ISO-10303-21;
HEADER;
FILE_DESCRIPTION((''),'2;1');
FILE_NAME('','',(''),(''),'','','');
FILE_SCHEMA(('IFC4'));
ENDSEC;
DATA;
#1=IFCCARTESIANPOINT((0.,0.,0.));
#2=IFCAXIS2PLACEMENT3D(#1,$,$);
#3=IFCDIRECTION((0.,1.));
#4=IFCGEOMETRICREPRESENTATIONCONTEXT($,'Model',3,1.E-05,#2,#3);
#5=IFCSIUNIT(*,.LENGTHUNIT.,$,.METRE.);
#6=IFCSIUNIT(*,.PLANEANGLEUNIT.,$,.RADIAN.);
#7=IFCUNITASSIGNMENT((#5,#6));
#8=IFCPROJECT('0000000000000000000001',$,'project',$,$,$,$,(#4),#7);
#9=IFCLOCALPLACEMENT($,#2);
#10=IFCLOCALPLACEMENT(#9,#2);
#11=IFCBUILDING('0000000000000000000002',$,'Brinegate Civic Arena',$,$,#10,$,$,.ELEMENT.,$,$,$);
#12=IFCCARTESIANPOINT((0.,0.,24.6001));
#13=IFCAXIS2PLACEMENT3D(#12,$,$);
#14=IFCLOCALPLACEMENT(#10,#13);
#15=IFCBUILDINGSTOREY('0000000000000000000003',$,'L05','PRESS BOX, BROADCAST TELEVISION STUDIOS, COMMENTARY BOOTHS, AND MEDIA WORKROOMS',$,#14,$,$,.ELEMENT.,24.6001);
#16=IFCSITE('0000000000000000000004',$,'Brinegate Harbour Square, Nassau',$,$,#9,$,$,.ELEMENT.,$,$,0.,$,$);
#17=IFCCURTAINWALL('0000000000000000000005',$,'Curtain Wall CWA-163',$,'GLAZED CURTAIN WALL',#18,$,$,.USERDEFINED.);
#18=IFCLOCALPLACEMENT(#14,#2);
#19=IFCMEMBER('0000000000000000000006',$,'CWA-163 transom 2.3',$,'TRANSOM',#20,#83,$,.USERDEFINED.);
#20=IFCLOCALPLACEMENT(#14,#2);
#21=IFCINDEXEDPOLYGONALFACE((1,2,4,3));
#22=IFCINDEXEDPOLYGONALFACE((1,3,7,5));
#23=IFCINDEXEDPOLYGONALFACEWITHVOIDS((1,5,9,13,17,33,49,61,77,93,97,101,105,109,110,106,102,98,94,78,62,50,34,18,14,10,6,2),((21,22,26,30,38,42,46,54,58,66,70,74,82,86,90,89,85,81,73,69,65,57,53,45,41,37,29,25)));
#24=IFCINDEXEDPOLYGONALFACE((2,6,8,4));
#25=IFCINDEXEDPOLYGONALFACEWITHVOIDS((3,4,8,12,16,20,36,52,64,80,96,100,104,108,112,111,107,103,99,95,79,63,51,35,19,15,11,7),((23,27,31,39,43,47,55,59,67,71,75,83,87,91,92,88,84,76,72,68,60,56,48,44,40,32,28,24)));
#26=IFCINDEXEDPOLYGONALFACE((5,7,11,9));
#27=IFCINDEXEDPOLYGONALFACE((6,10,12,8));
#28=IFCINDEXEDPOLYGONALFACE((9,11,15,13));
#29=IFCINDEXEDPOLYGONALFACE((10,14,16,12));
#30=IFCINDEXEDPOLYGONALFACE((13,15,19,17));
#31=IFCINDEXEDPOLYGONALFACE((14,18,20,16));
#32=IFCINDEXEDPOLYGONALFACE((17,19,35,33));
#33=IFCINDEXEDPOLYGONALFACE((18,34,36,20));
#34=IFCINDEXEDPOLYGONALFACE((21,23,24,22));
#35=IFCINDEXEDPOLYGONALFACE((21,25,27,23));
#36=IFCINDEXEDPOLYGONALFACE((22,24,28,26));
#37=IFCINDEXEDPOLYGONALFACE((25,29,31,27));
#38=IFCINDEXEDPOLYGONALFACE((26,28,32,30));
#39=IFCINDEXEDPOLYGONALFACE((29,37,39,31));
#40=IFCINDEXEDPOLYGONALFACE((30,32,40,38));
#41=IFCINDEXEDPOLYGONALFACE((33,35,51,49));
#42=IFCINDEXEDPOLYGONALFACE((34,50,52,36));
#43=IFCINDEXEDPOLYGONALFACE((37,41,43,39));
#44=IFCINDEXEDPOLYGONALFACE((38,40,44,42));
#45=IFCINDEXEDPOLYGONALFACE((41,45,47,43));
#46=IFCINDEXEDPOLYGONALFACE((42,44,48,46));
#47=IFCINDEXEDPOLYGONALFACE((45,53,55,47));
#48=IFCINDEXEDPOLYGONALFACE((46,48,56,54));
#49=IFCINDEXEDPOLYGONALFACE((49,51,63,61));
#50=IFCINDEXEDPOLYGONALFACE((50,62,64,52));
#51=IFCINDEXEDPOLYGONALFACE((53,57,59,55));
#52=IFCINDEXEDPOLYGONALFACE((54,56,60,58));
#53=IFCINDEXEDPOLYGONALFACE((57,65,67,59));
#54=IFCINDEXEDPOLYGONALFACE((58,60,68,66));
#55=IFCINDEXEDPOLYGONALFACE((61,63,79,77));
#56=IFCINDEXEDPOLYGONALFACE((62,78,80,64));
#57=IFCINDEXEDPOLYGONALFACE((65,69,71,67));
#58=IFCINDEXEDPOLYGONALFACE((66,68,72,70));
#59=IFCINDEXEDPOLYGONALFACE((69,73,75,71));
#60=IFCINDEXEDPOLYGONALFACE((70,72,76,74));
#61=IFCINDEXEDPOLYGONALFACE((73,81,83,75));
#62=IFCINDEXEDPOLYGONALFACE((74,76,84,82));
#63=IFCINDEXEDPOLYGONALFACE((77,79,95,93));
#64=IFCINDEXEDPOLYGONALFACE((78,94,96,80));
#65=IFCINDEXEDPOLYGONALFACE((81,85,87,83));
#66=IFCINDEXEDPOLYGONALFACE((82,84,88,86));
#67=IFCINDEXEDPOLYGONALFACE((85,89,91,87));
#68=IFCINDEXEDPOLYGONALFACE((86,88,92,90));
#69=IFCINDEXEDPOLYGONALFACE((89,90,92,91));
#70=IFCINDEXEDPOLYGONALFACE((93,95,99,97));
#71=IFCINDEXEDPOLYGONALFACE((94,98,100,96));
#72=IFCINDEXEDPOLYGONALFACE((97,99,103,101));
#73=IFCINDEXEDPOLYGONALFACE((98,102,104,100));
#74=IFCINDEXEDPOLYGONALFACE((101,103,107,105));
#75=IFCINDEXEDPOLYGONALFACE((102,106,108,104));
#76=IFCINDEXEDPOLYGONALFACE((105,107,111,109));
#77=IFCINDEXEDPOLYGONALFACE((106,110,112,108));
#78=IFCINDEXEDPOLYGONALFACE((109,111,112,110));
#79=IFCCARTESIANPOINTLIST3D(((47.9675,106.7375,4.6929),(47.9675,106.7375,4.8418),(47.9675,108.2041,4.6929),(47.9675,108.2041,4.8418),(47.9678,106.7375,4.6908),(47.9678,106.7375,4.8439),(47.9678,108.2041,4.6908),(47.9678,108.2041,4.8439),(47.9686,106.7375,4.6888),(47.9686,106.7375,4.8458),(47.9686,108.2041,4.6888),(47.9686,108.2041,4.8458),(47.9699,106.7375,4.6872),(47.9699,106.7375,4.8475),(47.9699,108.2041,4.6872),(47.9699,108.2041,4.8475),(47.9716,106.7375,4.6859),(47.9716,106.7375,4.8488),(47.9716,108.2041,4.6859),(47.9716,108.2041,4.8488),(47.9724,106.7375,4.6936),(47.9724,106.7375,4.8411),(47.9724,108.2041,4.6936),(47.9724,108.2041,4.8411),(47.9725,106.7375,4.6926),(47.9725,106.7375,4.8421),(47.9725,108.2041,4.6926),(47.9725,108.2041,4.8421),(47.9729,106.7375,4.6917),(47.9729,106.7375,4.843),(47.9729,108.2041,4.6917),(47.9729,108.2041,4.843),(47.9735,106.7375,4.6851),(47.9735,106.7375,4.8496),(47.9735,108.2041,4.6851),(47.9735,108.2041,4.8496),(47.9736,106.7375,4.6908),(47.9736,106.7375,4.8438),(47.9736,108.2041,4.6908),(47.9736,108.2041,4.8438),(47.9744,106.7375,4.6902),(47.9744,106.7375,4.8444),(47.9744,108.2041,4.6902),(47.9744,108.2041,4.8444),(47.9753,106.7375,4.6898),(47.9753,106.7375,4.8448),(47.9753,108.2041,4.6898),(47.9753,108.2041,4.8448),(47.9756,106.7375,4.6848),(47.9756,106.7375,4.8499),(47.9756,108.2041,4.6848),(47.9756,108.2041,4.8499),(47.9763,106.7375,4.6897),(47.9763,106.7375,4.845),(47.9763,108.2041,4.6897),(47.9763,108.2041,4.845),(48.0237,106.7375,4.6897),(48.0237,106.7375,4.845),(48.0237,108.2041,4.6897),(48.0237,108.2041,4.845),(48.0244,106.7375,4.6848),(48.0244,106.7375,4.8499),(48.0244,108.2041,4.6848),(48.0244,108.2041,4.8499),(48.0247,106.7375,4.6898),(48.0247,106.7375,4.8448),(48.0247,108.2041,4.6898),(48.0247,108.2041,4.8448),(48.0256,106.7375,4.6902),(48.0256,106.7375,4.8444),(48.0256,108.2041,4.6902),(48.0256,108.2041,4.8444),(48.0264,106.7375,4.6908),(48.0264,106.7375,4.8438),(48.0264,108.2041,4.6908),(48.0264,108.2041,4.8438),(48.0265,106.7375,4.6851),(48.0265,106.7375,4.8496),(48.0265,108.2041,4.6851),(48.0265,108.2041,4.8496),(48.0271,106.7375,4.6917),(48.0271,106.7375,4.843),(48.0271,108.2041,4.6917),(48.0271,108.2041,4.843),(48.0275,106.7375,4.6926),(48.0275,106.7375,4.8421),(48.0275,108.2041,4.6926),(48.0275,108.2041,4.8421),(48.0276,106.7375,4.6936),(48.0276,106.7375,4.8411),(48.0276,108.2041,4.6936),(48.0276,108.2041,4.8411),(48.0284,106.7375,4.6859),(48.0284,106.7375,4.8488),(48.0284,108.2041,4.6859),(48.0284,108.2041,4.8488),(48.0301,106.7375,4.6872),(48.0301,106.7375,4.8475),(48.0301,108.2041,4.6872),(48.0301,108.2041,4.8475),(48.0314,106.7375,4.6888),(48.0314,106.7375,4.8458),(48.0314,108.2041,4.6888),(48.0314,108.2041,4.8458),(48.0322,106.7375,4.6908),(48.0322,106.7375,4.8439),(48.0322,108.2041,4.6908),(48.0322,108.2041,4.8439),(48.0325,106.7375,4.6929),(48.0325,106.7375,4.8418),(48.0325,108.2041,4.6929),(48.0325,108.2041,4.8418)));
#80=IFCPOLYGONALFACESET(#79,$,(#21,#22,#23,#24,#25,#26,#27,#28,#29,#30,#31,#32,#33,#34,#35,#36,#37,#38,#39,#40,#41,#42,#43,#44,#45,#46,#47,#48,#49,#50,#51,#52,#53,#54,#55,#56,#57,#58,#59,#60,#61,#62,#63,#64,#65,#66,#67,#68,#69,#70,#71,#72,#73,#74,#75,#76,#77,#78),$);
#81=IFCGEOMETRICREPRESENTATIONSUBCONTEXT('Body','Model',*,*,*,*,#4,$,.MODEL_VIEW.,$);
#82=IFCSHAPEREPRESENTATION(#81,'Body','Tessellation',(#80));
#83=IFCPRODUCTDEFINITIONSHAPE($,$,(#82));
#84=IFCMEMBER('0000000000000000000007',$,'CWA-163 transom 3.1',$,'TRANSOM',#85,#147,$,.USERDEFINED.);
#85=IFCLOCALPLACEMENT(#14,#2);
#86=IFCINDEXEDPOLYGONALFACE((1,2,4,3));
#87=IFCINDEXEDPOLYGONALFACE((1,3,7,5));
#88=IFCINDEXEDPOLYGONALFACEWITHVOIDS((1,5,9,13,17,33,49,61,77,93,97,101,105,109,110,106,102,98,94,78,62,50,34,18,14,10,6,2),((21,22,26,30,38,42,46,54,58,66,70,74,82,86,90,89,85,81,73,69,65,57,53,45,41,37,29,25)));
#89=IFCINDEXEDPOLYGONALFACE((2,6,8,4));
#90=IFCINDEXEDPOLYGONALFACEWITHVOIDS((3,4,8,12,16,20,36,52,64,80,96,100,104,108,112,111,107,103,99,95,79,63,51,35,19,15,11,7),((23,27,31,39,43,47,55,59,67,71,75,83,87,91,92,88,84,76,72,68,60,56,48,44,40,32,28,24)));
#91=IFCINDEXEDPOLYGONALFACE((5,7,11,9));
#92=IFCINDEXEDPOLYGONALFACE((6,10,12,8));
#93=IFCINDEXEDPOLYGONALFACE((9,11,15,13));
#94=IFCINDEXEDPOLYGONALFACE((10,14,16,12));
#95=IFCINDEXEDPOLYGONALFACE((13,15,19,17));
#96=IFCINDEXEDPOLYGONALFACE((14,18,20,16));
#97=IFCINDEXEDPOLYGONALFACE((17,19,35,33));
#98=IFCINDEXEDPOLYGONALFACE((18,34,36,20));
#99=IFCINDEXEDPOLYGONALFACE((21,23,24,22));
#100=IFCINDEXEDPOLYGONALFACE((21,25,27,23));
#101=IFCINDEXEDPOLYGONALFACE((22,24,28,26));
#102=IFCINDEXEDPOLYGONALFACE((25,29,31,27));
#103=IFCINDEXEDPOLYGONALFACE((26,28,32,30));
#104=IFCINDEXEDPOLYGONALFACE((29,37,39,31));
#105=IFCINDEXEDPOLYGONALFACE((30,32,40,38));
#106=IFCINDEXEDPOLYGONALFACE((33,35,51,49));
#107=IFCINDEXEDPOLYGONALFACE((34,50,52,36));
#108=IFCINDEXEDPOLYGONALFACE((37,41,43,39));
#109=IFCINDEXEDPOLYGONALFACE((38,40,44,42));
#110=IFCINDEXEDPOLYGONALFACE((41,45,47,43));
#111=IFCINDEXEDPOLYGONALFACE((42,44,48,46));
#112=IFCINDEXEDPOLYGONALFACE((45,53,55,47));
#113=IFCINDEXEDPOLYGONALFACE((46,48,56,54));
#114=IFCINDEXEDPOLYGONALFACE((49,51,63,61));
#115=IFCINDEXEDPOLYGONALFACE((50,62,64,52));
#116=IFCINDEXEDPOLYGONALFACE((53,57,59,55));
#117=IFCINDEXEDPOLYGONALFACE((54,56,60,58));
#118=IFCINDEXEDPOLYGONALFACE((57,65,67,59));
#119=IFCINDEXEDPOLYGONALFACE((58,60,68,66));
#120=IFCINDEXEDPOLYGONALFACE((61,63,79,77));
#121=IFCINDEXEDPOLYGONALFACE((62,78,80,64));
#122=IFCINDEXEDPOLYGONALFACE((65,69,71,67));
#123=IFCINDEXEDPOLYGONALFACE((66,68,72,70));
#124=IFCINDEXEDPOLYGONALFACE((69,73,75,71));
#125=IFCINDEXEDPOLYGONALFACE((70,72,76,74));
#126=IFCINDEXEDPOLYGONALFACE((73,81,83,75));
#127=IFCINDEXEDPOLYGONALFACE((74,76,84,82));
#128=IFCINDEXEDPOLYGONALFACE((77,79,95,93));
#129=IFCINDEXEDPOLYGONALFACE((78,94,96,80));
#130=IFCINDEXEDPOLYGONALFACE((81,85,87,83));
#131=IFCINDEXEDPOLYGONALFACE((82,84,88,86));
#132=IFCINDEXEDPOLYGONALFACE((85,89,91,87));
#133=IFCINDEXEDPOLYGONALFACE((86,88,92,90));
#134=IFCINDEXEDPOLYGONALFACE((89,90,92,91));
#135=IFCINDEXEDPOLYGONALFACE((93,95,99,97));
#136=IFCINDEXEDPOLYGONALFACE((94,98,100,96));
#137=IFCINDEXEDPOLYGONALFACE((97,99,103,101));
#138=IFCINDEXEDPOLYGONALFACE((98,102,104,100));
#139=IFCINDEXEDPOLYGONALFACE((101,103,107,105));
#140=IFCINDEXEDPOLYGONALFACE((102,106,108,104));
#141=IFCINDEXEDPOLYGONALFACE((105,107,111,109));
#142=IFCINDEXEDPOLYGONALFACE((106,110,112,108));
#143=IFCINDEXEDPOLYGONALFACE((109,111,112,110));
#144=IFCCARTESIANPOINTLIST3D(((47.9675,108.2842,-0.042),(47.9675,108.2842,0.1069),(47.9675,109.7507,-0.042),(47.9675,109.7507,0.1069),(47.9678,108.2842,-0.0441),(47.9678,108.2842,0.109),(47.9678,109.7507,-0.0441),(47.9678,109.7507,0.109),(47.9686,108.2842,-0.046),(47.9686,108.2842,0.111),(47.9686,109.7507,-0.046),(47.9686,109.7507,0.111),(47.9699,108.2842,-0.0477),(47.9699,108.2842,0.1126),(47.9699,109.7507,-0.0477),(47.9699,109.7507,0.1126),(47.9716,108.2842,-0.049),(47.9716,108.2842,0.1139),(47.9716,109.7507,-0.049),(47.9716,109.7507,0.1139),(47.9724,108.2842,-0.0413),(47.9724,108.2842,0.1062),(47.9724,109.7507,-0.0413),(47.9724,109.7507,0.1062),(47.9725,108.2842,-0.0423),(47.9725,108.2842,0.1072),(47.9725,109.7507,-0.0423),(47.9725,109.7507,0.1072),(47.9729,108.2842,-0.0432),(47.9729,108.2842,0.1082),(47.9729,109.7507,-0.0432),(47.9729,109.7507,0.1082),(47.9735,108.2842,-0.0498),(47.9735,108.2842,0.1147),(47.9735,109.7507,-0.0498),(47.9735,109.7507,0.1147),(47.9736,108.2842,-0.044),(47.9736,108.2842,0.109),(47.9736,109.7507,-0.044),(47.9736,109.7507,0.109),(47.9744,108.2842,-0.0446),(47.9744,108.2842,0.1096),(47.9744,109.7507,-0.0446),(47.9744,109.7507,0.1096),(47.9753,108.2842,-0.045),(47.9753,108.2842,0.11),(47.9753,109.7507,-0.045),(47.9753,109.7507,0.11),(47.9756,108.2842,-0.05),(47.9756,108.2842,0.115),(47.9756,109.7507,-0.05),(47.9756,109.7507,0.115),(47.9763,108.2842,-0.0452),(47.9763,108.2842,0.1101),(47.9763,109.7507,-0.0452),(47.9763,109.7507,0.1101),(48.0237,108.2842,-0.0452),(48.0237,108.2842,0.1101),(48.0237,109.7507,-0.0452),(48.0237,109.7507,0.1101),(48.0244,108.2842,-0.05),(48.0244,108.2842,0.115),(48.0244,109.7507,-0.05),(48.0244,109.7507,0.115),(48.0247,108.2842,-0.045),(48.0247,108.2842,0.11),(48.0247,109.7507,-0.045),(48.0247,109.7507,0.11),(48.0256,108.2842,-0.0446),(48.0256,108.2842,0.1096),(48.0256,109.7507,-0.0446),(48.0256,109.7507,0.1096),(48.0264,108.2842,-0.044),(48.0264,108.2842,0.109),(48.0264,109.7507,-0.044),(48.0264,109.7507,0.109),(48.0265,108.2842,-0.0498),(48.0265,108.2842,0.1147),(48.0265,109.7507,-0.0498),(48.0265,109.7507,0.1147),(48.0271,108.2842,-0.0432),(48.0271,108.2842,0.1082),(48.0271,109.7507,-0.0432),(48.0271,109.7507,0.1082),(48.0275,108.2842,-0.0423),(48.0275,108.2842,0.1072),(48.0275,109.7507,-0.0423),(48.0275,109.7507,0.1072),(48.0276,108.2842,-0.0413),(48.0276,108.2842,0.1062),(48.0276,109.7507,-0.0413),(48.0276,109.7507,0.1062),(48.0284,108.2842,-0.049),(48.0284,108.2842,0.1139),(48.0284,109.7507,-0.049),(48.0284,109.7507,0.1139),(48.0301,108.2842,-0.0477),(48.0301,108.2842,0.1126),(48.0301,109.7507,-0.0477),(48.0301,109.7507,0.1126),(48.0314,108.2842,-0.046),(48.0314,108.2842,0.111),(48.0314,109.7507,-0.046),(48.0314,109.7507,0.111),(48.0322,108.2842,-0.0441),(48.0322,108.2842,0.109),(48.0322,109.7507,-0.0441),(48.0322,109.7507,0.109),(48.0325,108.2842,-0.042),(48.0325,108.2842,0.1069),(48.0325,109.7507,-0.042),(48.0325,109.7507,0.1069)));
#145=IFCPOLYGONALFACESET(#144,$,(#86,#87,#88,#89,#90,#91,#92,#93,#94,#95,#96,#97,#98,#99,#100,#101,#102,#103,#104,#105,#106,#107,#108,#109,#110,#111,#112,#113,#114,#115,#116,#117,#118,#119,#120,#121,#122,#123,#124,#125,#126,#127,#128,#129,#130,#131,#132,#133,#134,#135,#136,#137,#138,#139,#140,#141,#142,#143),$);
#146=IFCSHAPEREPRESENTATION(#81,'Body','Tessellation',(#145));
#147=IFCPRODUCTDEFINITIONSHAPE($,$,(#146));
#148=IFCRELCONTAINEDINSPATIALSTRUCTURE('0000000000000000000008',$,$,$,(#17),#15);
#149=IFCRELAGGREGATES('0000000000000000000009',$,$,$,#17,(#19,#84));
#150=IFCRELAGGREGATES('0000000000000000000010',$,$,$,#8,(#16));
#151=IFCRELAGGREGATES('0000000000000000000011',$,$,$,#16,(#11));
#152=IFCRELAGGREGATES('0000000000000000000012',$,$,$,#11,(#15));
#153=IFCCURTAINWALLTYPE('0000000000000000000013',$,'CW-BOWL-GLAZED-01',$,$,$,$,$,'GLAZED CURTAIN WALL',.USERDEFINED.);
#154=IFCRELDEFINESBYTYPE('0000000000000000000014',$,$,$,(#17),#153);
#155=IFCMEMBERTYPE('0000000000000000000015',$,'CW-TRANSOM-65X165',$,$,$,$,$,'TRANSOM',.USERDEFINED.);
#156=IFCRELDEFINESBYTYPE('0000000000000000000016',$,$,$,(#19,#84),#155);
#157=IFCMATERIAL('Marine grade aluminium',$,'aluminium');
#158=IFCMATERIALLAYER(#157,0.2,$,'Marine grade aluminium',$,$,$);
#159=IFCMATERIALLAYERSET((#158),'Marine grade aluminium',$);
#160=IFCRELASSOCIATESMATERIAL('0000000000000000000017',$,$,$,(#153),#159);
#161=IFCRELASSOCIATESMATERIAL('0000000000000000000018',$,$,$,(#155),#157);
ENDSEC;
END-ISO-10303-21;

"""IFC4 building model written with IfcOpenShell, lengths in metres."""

from ifc_helpers import new_model, si_unit, direction, frame, origin, origin_2d, place, context, subcontext, project, spatial, hollow_rectangle, extrude, material, layer, layer_set, material_profile, profile_set, type_object, element, aggregate, save


model = new_model("IFC4")

# Units and contexts
model_context = context("Model", 3, precision=1e-05, world=origin(), true_north=direction((0.0, 1.0)))
body_context = subcontext(model_context, "Body", "Model", "MODEL_VIEW")
ifc_project = project(units=[si_unit("LENGTHUNIT", "METRE"), si_unit("PLANEANGLEUNIT", "RADIAN")], contexts=[model_context])

# Site, building, storey
site_placement = place(None, origin())
site = spatial("IfcSite", under=ifc_project, at=site_placement, Name="Brinegate Harbour Square, Nassau", CompositionType="ELEMENT", RefElevation=0.0)
building_placement = place(site_placement, origin())
building = spatial("IfcBuilding", under=site, at=building_placement, Name="Brinegate Civic Arena", CompositionType="ELEMENT")
storey_placement = place(building_placement, frame((0.0, 0.0, 24.6001)))
storey = spatial("IfcBuildingStorey", under=building, at=storey_placement, Name="L05", Description="PRESS BOX, BROADCAST TELEVISION STUDIOS, COMMENTARY BOOTHS, AND MEDIA WORKROOMS", CompositionType="ELEMENT", Elevation=24.6001)

# Curtain wall, members
ifc_material_1 = material(Name="Marine grade aluminium", Category="aluminium")
ifc_layer_1 = layer(ifc_material_1, 0.2, Name="Marine grade aluminium")
ifc_layer_set_1 = layer_set([ifc_layer_1], Name="Marine grade aluminium")
curtain_wall_type = type_object("IfcCurtainWallType", Name="CW-BOWL-GLAZED-01", ElementType="GLAZED CURTAIN WALL", PredefinedType="USERDEFINED", material=ifc_layer_set_1)
curtain_wall_placement = place(storey_placement, origin())
curtain_wall = element("IfcCurtainWall", 1, at=curtain_wall_placement, inside=storey, type_object=curtain_wall_type, Name="Curtain Wall CWA-163", ObjectType="GLAZED CURTAIN WALL", PredefinedType="USERDEFINED")
ifc_material_profile_1 = material_profile(ifc_material_1, hollow_rectangle(XDim=0.0649, YDim=0.165, WallThickness=0.0049, InnerFilletRadius=0.0039, OuterFilletRadius=0.0081, at=origin_2d()), Name="TRN65X165")
ifc_profile_set_1 = profile_set([ifc_material_profile_1], Name="Marine grade aluminium")
member_type_1 = type_object("IfcMemberType", Name="CW-TRANSOM-65X165", ElementType="TRANSOM", PredefinedType="USERDEFINED", material=ifc_profile_set_1)
member_1_placement = place(storey_placement, frame((48.0, 106.7375, 4.7673), z_axis=(0.0, 1.0, 0.0), x_axis=(-1.0, 0.0, 0.0)))
member_1 = element("IfcMember", 2, at=member_1_placement, type_object=member_type_1, Name="CWA-163 transom 2.3", ObjectType="TRANSOM", PredefinedType="USERDEFINED", context=body_context, shape_type="SweptSolid", body=[
    extrude(hollow_rectangle(XDim=0.0649, YDim=0.165, WallThickness=0.0049, InnerFilletRadius=0.0039, OuterFilletRadius=0.0081, at=origin_2d()), origin(), (0.0, 0.0, 1.0), 1.4666),
])
member_2_placement = place(storey_placement, frame((48.0, 108.2842, 0.0325), z_axis=(0.0, 1.0, 0.0), x_axis=(-1.0, 0.0, 0.0)))
member_2 = element("IfcMember", 3, at=member_2_placement, type_object=member_type_1, Name="CWA-163 transom 3.1", ObjectType="TRANSOM", PredefinedType="USERDEFINED", context=body_context, shape_type="SweptSolid", body=[
    extrude(hollow_rectangle(XDim=0.0649, YDim=0.165, WallThickness=0.0049, InnerFilletRadius=0.0039, OuterFilletRadius=0.0081, at=origin_2d()), origin(), (0.0, 0.0, 1.0), 1.4666),
])

aggregate(curtain_wall, [member_1, member_2])

save(model, "model.ifc")
